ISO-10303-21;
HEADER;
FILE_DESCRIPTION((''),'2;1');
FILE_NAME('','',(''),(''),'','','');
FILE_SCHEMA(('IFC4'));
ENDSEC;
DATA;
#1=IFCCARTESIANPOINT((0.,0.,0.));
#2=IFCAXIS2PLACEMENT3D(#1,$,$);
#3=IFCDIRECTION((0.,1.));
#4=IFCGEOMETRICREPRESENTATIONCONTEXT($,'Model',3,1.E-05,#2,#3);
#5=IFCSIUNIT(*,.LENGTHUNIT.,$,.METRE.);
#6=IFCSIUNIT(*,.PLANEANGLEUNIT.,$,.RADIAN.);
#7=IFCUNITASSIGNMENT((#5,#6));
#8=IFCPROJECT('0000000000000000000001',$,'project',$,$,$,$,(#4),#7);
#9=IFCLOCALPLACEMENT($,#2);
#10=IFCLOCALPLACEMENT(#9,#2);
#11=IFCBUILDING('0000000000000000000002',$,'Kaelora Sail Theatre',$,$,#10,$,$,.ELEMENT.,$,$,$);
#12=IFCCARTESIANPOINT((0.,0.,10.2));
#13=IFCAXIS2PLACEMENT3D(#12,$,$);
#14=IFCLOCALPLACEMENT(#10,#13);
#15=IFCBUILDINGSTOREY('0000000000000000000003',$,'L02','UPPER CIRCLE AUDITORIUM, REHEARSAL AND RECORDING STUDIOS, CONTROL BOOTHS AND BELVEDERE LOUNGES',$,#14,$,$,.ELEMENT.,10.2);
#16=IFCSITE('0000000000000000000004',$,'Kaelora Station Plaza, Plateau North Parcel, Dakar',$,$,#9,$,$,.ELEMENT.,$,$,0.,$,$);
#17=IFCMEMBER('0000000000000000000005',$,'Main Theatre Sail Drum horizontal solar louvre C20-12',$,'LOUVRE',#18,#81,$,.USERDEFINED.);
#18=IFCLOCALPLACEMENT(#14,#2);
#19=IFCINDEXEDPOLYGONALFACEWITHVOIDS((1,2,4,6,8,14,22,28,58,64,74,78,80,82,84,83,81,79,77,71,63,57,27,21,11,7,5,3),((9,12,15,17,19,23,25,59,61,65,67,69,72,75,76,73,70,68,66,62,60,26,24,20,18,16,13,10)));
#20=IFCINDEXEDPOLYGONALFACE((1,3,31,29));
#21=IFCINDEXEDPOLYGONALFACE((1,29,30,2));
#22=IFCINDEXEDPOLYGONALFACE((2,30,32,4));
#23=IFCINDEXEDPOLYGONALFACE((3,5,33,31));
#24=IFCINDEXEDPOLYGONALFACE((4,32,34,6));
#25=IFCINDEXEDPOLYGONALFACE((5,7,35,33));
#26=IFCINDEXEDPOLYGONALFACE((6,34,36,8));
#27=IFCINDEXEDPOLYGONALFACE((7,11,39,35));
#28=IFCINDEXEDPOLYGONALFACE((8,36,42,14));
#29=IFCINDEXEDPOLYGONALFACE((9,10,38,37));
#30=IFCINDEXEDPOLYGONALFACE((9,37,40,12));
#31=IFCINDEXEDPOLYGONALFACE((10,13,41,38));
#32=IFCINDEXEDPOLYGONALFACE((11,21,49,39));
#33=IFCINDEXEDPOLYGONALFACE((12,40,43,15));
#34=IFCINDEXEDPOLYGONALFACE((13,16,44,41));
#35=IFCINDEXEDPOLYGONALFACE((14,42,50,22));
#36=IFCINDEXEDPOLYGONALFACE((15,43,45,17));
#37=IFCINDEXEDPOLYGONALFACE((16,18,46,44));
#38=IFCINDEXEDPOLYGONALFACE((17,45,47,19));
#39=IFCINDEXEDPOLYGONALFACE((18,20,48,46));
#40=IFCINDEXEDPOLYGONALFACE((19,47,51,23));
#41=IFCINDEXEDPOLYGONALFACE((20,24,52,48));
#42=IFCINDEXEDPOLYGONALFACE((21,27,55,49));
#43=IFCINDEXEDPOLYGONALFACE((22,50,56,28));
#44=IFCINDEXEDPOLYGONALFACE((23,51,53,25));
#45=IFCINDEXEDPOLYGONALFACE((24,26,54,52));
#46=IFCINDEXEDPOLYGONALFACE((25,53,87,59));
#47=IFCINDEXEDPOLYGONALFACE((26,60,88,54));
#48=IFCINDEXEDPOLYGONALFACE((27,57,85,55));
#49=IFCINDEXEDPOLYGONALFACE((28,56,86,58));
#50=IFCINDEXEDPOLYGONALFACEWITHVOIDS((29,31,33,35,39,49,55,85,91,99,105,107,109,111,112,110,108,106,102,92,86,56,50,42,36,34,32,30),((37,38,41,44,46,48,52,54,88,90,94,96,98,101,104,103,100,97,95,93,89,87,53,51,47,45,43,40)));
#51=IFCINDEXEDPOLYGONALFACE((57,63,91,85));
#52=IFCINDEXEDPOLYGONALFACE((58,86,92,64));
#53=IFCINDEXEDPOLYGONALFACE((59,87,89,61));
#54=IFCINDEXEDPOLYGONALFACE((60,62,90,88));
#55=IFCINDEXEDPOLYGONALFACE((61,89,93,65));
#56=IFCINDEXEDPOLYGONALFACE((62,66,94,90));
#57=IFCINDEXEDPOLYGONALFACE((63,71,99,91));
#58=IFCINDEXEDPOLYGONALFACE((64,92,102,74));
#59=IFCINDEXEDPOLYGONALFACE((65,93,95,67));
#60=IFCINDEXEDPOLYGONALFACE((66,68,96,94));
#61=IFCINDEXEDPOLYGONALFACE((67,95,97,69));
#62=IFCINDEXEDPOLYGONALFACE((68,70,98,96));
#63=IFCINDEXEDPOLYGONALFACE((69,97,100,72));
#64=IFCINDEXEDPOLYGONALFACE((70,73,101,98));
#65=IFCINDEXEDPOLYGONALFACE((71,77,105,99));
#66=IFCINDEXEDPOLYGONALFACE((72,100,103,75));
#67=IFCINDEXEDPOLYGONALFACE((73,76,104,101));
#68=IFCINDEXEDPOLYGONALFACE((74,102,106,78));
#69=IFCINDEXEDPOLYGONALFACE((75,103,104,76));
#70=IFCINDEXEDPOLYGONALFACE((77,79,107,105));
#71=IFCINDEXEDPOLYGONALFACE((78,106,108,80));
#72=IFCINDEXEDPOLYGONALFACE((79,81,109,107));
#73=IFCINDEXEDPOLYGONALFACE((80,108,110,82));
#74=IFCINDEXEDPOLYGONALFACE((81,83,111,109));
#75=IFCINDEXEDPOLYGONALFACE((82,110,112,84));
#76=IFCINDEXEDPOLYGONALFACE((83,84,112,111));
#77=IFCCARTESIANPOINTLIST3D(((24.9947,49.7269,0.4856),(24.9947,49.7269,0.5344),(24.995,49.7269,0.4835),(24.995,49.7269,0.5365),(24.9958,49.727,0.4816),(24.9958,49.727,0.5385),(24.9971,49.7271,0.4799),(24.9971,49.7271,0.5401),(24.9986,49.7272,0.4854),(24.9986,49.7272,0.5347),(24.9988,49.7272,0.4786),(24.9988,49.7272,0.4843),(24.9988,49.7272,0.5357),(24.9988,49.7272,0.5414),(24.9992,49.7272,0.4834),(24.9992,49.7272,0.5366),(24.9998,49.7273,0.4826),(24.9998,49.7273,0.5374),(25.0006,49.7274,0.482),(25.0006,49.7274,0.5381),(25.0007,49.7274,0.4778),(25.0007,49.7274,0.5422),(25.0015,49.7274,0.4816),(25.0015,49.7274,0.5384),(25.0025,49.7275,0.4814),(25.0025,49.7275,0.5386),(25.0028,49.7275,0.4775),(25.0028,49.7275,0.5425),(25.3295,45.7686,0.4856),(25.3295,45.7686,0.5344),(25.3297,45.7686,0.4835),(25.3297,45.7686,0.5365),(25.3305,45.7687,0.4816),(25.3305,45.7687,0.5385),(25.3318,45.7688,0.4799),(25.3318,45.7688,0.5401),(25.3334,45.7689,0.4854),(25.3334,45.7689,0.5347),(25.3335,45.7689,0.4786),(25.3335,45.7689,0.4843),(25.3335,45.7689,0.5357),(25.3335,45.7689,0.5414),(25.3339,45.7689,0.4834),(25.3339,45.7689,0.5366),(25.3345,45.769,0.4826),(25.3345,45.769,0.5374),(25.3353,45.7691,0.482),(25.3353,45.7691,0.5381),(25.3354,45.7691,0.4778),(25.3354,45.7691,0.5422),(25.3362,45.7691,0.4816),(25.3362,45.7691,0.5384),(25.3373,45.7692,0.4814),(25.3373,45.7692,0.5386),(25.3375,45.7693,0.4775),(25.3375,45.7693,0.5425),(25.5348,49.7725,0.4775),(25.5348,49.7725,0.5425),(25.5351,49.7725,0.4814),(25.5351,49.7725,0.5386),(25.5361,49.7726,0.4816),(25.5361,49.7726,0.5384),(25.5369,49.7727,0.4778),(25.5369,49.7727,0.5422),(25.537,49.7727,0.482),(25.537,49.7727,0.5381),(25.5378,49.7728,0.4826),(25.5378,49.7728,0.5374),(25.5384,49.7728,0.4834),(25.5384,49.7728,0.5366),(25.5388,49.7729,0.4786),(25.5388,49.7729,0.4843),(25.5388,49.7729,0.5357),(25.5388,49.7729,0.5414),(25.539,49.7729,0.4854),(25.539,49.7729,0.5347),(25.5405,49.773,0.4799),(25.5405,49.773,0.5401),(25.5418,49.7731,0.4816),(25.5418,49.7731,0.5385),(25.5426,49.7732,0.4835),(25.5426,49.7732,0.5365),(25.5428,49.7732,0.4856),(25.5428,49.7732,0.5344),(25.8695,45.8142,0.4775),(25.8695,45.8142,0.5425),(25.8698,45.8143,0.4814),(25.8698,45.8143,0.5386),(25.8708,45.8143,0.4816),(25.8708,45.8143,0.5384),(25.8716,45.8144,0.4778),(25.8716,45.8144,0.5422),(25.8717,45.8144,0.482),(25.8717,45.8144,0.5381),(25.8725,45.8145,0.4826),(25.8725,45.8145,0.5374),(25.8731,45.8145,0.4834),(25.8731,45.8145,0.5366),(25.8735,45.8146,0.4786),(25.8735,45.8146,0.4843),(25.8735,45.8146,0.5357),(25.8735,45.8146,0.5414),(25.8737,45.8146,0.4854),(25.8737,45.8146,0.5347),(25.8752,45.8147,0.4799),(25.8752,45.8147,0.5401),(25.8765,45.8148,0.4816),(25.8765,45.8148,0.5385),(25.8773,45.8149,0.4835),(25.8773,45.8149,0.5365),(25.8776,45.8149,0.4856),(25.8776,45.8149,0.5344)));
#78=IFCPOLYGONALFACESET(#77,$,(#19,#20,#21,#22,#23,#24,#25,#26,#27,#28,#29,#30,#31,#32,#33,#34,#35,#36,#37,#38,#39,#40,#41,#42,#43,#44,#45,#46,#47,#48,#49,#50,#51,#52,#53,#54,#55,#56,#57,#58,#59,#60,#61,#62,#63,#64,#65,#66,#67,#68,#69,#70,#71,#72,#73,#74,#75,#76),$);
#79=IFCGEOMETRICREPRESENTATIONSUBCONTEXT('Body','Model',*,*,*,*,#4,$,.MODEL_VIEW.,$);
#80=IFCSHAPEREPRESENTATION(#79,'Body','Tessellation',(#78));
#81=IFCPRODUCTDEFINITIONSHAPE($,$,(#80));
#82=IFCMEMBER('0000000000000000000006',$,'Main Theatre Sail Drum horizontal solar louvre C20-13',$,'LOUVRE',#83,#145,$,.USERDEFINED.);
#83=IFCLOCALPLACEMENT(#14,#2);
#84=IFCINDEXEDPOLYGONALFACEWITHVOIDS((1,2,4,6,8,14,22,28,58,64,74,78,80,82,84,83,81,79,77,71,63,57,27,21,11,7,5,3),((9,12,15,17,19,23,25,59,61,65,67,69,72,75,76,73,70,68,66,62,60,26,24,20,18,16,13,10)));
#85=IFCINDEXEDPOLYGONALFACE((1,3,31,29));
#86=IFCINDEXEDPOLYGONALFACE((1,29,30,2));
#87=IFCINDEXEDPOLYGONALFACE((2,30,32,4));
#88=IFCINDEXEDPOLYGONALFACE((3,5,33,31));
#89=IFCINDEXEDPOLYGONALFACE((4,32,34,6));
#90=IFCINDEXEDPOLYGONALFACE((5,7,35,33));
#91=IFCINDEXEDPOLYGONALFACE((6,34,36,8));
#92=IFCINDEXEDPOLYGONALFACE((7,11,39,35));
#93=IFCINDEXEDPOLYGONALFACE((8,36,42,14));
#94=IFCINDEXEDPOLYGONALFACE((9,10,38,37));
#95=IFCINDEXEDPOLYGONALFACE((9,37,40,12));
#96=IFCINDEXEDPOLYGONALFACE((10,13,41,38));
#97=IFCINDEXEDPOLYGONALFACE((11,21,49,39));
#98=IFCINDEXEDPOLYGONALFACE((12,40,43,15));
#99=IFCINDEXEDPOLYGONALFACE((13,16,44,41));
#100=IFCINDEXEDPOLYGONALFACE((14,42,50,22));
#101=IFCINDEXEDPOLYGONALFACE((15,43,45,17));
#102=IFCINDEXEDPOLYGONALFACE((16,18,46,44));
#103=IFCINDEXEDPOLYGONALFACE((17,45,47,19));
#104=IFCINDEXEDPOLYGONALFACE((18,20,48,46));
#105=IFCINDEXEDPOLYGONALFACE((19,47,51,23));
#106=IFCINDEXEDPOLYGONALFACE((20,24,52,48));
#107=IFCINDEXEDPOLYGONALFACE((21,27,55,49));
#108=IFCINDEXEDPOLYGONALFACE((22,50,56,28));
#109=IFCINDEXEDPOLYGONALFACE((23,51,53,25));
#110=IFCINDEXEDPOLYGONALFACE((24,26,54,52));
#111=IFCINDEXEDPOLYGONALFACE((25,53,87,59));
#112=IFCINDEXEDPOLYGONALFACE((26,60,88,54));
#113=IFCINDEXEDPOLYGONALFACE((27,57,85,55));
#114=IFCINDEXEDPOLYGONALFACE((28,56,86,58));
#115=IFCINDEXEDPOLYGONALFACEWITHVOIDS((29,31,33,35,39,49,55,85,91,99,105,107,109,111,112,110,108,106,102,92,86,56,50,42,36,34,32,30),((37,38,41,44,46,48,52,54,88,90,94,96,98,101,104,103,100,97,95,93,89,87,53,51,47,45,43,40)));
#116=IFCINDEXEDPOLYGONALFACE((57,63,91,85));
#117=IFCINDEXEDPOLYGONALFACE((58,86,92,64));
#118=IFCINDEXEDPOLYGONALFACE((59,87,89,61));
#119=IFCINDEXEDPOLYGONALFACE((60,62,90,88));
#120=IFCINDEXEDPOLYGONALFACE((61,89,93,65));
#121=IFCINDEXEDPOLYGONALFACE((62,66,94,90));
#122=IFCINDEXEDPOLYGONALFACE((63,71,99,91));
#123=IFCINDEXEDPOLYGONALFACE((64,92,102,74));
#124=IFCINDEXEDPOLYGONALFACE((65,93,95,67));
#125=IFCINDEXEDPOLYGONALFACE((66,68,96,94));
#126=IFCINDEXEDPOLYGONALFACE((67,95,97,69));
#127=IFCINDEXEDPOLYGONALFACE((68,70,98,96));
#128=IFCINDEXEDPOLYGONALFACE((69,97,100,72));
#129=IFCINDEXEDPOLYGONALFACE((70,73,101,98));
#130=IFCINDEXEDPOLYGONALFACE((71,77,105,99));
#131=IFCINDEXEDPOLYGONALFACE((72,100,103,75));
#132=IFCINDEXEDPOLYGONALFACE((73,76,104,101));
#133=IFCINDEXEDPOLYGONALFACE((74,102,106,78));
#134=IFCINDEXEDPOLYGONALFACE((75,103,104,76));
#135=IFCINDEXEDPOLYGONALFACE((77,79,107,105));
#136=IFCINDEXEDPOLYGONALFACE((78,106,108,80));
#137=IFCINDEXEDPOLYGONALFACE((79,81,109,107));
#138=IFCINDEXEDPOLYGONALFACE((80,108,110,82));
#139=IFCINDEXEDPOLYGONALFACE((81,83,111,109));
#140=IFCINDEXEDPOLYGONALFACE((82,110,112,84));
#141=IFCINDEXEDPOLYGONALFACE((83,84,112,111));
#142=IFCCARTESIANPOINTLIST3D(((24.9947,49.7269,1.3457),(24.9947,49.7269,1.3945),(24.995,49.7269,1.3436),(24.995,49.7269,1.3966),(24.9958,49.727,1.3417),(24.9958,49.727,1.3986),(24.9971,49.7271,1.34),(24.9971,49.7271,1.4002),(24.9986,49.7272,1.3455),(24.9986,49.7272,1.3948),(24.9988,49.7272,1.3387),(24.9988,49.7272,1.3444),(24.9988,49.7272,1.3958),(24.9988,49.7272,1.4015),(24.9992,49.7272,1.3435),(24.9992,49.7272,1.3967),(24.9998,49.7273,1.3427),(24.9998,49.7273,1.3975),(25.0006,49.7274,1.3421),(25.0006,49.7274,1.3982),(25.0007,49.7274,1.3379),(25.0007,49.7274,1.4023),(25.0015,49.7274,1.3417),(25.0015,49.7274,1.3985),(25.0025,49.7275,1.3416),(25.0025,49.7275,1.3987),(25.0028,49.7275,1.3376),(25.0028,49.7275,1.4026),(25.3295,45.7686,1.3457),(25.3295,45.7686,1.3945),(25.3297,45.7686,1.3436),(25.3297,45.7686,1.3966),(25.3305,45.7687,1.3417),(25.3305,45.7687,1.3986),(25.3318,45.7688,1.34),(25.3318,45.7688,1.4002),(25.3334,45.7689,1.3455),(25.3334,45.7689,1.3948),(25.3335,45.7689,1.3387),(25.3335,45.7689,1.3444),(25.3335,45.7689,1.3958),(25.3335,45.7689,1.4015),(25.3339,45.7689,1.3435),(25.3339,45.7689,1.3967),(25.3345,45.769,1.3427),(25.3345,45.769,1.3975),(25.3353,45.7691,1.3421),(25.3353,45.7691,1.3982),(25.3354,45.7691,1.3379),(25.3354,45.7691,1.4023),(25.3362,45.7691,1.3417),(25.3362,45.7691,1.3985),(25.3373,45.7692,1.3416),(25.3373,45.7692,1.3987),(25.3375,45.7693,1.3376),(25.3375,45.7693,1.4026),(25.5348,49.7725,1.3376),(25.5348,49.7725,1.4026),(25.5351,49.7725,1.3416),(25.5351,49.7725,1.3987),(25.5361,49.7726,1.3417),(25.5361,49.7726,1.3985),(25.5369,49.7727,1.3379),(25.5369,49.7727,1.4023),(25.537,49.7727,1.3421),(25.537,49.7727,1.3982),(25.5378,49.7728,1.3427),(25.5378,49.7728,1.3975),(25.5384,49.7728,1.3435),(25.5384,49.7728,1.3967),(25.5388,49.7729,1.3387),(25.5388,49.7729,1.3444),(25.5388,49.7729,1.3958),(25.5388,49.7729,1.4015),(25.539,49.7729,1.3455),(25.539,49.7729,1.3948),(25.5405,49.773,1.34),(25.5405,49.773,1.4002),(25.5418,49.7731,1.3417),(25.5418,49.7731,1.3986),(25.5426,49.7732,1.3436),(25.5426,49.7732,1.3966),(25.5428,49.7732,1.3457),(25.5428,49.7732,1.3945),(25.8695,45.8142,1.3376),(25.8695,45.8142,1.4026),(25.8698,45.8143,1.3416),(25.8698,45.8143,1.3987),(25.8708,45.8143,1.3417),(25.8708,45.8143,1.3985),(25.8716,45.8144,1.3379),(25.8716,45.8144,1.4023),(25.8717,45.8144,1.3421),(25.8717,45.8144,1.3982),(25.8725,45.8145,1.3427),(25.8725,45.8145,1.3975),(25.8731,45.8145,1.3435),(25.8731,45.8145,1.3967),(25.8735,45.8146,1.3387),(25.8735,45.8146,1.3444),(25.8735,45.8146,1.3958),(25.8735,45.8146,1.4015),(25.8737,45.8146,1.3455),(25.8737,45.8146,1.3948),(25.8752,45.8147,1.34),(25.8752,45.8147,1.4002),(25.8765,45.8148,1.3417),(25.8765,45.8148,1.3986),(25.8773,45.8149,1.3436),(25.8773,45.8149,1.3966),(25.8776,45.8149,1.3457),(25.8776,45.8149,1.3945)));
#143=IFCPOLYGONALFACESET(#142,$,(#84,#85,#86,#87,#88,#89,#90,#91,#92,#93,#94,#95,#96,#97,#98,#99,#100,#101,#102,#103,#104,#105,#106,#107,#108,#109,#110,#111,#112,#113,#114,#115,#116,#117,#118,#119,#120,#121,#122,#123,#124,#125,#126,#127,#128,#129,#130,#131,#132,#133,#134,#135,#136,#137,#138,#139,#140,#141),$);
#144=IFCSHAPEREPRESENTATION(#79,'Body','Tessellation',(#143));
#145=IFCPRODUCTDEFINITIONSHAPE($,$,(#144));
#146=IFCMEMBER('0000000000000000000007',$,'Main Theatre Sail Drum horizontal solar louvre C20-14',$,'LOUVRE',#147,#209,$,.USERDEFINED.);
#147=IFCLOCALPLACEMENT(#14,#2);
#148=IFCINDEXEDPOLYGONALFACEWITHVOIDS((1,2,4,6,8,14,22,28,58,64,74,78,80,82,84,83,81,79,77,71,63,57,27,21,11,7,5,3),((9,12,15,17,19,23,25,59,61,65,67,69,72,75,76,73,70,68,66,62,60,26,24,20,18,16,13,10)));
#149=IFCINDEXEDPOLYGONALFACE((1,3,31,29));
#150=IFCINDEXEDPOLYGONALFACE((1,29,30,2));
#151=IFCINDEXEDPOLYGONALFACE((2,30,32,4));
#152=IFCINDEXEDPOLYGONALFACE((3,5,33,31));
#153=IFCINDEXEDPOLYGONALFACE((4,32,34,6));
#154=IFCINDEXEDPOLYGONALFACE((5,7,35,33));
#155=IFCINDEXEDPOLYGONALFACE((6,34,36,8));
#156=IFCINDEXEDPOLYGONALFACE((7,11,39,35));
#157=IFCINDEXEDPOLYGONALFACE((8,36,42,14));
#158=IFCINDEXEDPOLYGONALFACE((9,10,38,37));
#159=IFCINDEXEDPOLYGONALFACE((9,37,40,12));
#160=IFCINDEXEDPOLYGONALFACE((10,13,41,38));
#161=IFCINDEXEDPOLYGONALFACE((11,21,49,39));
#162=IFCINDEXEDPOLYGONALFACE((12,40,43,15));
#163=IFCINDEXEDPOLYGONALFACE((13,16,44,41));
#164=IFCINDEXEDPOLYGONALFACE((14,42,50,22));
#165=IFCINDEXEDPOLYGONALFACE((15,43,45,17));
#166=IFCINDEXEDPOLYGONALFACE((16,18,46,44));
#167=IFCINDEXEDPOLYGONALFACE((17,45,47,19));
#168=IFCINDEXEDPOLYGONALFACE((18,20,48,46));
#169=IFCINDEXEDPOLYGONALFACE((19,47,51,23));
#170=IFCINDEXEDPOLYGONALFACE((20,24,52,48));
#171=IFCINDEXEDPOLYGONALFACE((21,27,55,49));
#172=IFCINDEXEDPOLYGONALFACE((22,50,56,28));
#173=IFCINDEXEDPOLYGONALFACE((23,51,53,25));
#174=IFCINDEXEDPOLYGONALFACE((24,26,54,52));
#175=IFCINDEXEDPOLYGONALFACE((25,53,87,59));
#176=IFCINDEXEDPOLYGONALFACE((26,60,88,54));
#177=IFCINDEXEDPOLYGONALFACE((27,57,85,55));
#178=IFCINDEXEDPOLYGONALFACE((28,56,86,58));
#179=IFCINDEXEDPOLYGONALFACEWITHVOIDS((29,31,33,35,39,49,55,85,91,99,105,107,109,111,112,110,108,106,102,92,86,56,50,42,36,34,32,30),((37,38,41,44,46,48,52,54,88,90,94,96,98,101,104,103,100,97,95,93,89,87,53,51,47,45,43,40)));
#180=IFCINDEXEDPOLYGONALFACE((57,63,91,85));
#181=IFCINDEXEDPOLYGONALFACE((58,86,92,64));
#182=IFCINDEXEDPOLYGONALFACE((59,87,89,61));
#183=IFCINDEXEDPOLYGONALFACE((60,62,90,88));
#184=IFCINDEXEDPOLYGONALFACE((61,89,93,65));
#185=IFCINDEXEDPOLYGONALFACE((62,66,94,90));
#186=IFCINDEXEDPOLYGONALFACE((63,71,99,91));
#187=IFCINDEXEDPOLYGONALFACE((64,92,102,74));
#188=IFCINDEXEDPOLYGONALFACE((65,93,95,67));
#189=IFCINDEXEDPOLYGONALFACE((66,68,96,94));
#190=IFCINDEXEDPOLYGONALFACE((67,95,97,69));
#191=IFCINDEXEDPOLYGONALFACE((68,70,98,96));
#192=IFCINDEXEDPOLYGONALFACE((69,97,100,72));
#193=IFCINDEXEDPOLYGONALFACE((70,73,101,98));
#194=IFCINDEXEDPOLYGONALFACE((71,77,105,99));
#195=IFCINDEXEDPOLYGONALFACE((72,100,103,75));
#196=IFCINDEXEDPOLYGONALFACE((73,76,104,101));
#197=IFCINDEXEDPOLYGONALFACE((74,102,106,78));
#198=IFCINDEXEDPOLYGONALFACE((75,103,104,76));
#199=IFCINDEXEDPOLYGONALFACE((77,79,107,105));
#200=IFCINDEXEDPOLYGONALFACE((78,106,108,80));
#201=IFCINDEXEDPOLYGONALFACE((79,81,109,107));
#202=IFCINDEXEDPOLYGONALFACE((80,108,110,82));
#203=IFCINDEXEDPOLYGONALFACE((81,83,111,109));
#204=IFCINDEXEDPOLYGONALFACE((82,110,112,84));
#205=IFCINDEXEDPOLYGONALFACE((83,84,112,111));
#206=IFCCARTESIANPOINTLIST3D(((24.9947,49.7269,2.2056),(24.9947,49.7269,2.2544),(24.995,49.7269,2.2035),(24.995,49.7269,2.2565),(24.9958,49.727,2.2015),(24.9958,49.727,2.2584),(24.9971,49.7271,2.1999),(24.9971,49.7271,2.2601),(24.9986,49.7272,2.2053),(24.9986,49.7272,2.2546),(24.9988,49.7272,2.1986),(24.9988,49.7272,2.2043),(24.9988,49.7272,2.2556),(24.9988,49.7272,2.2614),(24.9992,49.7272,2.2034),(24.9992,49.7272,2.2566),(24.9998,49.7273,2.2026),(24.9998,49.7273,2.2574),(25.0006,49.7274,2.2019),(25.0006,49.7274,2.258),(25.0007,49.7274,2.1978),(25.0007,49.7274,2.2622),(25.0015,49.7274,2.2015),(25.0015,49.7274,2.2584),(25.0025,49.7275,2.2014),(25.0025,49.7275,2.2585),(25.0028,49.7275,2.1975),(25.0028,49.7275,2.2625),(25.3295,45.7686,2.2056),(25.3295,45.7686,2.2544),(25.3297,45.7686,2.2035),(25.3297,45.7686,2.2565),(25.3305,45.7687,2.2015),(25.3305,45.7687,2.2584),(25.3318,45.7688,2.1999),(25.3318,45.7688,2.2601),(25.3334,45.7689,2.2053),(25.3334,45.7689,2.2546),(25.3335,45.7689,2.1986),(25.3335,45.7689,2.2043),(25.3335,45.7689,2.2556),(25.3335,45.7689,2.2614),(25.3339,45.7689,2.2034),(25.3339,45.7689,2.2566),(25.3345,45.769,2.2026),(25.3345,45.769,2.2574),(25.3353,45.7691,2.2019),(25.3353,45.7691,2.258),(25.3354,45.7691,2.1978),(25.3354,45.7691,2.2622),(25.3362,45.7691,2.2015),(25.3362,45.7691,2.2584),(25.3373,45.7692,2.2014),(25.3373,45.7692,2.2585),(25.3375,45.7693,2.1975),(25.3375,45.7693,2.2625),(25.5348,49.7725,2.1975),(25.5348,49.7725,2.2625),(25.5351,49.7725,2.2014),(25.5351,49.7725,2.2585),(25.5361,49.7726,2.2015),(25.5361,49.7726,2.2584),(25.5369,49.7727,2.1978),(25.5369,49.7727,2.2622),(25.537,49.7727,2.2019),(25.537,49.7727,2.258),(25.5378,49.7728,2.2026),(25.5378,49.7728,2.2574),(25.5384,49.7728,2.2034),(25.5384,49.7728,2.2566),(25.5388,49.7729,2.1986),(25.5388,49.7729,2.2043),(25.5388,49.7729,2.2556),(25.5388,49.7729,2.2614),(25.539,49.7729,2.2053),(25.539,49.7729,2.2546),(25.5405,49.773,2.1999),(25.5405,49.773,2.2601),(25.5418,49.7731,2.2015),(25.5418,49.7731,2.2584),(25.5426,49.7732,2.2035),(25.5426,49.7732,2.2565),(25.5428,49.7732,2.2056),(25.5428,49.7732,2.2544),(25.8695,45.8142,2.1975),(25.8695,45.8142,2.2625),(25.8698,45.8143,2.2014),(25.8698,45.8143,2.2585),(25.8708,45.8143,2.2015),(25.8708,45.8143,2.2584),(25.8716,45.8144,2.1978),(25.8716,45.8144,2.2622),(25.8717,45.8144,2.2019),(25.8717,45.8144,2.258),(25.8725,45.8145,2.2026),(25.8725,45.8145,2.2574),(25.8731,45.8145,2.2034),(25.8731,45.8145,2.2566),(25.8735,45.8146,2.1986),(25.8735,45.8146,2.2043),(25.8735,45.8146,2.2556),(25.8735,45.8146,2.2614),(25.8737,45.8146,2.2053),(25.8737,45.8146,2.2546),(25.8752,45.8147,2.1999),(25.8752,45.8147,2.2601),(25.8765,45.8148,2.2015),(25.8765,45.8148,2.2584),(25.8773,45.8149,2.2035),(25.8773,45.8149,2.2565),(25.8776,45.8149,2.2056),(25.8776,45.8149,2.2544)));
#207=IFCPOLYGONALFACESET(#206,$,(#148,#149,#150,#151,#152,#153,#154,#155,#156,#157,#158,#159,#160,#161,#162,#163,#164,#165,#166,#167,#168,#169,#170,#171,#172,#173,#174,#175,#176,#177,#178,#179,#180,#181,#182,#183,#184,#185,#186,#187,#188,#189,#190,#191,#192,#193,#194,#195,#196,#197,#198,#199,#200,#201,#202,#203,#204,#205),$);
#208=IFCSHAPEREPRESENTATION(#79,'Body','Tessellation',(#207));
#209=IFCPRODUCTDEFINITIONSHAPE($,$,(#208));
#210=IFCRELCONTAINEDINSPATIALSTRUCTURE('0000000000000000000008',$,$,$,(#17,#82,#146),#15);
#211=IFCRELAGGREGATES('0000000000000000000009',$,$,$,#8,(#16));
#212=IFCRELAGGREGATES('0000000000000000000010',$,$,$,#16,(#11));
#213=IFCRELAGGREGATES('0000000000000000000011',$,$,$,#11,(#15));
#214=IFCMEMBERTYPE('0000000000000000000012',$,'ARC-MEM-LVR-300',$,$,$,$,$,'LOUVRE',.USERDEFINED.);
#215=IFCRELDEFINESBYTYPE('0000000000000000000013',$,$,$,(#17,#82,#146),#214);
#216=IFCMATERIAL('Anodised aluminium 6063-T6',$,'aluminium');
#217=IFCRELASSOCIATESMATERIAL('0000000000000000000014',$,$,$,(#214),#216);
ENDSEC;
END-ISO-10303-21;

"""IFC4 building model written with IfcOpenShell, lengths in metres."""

from ifc_helpers import new_model, si_unit, direction, frame, origin, origin_2d, place, context, subcontext, project, spatial, hollow_rectangle, extrude, material, material_profile, profile_set, type_object, element, save


model = new_model("IFC4")

# Units and contexts
model_context = context("Model", 3, precision=1e-05, world=origin(), true_north=direction((0.0, 1.0)))
body_context = subcontext(model_context, "Body", "Model", "MODEL_VIEW")
ifc_project = project(units=[si_unit("LENGTHUNIT", "METRE"), si_unit("PLANEANGLEUNIT", "RADIAN")], contexts=[model_context])

# Site, building, storey
site_placement = place(None, origin())
site = spatial("IfcSite", under=ifc_project, at=site_placement, Name="Kaelora Station Plaza, Plateau North Parcel, Dakar", CompositionType="ELEMENT", RefElevation=0.0)
building_placement = place(site_placement, origin())
building = spatial("IfcBuilding", under=site, at=building_placement, Name="Kaelora Sail Theatre", CompositionType="ELEMENT")
storey_placement = place(building_placement, frame((0.0, 0.0, 10.2)))
storey = spatial("IfcBuildingStorey", under=building, at=storey_placement, Name="L02", Description="UPPER CIRCLE AUDITORIUM, REHEARSAL AND RECORDING STUDIOS, CONTROL BOOTHS AND BELVEDERE LOUNGES", CompositionType="ELEMENT", Elevation=10.2)

# Members
ifc_material_1 = material(Name="Anodised aluminium 6063-T6", Category="aluminium")
ifc_material_profile_1 = material_profile(ifc_material_1, hollow_rectangle(XDim=0.55, YDim=0.0649, WallThickness=0.0039, InnerFilletRadius=0.0039, OuterFilletRadius=0.0081, at=origin_2d()), Name="LOUVRE 550x65x4")
ifc_profile_set_1 = profile_set([ifc_material_profile_1], Name="Anodised aluminium 6063-T6")
member_type = type_object("IfcMemberType", Name="ARC-MEM-LVR-300", ElementType="LOUVRE", PredefinedType="USERDEFINED", material=ifc_profile_set_1)
for number, where, z_axis, x_axis, name in (
    (1, (25.6035, 45.7917, 0.51), (-0.084261, 0.996444, 0.0), (-0.996444, -0.084261, 0.0), "Main Theatre Sail Drum horizontal solar louvre C20-12"),
    (2, (25.6035, 45.7917, 1.3701), (-0.084261, 0.996444, 0.0), (-0.996444, -0.084261, 0.0), "Main Theatre Sail Drum horizontal solar louvre C20-13"),
    (3, (25.6035, 45.7917, 2.23), (-0.084261, 0.996444, 0.0), (-0.996444, -0.084261, 0.0), "Main Theatre Sail Drum horizontal solar louvre C20-14"),
):
    element("IfcMember", number, at=place(storey_placement, frame(where, z_axis=z_axis, x_axis=x_axis)), inside=storey, type_object=member_type, Name=name, ObjectType="LOUVRE", PredefinedType="USERDEFINED", context=body_context, shape_type="SweptSolid", body=[
        extrude(hollow_rectangle(XDim=0.55, YDim=0.0649, WallThickness=0.0039, InnerFilletRadius=0.0039, OuterFilletRadius=0.0081, at=origin_2d()), origin(), (0.0, 0.0, 1.0), 3.9724),
    ])

save(model, "model.ifc")
